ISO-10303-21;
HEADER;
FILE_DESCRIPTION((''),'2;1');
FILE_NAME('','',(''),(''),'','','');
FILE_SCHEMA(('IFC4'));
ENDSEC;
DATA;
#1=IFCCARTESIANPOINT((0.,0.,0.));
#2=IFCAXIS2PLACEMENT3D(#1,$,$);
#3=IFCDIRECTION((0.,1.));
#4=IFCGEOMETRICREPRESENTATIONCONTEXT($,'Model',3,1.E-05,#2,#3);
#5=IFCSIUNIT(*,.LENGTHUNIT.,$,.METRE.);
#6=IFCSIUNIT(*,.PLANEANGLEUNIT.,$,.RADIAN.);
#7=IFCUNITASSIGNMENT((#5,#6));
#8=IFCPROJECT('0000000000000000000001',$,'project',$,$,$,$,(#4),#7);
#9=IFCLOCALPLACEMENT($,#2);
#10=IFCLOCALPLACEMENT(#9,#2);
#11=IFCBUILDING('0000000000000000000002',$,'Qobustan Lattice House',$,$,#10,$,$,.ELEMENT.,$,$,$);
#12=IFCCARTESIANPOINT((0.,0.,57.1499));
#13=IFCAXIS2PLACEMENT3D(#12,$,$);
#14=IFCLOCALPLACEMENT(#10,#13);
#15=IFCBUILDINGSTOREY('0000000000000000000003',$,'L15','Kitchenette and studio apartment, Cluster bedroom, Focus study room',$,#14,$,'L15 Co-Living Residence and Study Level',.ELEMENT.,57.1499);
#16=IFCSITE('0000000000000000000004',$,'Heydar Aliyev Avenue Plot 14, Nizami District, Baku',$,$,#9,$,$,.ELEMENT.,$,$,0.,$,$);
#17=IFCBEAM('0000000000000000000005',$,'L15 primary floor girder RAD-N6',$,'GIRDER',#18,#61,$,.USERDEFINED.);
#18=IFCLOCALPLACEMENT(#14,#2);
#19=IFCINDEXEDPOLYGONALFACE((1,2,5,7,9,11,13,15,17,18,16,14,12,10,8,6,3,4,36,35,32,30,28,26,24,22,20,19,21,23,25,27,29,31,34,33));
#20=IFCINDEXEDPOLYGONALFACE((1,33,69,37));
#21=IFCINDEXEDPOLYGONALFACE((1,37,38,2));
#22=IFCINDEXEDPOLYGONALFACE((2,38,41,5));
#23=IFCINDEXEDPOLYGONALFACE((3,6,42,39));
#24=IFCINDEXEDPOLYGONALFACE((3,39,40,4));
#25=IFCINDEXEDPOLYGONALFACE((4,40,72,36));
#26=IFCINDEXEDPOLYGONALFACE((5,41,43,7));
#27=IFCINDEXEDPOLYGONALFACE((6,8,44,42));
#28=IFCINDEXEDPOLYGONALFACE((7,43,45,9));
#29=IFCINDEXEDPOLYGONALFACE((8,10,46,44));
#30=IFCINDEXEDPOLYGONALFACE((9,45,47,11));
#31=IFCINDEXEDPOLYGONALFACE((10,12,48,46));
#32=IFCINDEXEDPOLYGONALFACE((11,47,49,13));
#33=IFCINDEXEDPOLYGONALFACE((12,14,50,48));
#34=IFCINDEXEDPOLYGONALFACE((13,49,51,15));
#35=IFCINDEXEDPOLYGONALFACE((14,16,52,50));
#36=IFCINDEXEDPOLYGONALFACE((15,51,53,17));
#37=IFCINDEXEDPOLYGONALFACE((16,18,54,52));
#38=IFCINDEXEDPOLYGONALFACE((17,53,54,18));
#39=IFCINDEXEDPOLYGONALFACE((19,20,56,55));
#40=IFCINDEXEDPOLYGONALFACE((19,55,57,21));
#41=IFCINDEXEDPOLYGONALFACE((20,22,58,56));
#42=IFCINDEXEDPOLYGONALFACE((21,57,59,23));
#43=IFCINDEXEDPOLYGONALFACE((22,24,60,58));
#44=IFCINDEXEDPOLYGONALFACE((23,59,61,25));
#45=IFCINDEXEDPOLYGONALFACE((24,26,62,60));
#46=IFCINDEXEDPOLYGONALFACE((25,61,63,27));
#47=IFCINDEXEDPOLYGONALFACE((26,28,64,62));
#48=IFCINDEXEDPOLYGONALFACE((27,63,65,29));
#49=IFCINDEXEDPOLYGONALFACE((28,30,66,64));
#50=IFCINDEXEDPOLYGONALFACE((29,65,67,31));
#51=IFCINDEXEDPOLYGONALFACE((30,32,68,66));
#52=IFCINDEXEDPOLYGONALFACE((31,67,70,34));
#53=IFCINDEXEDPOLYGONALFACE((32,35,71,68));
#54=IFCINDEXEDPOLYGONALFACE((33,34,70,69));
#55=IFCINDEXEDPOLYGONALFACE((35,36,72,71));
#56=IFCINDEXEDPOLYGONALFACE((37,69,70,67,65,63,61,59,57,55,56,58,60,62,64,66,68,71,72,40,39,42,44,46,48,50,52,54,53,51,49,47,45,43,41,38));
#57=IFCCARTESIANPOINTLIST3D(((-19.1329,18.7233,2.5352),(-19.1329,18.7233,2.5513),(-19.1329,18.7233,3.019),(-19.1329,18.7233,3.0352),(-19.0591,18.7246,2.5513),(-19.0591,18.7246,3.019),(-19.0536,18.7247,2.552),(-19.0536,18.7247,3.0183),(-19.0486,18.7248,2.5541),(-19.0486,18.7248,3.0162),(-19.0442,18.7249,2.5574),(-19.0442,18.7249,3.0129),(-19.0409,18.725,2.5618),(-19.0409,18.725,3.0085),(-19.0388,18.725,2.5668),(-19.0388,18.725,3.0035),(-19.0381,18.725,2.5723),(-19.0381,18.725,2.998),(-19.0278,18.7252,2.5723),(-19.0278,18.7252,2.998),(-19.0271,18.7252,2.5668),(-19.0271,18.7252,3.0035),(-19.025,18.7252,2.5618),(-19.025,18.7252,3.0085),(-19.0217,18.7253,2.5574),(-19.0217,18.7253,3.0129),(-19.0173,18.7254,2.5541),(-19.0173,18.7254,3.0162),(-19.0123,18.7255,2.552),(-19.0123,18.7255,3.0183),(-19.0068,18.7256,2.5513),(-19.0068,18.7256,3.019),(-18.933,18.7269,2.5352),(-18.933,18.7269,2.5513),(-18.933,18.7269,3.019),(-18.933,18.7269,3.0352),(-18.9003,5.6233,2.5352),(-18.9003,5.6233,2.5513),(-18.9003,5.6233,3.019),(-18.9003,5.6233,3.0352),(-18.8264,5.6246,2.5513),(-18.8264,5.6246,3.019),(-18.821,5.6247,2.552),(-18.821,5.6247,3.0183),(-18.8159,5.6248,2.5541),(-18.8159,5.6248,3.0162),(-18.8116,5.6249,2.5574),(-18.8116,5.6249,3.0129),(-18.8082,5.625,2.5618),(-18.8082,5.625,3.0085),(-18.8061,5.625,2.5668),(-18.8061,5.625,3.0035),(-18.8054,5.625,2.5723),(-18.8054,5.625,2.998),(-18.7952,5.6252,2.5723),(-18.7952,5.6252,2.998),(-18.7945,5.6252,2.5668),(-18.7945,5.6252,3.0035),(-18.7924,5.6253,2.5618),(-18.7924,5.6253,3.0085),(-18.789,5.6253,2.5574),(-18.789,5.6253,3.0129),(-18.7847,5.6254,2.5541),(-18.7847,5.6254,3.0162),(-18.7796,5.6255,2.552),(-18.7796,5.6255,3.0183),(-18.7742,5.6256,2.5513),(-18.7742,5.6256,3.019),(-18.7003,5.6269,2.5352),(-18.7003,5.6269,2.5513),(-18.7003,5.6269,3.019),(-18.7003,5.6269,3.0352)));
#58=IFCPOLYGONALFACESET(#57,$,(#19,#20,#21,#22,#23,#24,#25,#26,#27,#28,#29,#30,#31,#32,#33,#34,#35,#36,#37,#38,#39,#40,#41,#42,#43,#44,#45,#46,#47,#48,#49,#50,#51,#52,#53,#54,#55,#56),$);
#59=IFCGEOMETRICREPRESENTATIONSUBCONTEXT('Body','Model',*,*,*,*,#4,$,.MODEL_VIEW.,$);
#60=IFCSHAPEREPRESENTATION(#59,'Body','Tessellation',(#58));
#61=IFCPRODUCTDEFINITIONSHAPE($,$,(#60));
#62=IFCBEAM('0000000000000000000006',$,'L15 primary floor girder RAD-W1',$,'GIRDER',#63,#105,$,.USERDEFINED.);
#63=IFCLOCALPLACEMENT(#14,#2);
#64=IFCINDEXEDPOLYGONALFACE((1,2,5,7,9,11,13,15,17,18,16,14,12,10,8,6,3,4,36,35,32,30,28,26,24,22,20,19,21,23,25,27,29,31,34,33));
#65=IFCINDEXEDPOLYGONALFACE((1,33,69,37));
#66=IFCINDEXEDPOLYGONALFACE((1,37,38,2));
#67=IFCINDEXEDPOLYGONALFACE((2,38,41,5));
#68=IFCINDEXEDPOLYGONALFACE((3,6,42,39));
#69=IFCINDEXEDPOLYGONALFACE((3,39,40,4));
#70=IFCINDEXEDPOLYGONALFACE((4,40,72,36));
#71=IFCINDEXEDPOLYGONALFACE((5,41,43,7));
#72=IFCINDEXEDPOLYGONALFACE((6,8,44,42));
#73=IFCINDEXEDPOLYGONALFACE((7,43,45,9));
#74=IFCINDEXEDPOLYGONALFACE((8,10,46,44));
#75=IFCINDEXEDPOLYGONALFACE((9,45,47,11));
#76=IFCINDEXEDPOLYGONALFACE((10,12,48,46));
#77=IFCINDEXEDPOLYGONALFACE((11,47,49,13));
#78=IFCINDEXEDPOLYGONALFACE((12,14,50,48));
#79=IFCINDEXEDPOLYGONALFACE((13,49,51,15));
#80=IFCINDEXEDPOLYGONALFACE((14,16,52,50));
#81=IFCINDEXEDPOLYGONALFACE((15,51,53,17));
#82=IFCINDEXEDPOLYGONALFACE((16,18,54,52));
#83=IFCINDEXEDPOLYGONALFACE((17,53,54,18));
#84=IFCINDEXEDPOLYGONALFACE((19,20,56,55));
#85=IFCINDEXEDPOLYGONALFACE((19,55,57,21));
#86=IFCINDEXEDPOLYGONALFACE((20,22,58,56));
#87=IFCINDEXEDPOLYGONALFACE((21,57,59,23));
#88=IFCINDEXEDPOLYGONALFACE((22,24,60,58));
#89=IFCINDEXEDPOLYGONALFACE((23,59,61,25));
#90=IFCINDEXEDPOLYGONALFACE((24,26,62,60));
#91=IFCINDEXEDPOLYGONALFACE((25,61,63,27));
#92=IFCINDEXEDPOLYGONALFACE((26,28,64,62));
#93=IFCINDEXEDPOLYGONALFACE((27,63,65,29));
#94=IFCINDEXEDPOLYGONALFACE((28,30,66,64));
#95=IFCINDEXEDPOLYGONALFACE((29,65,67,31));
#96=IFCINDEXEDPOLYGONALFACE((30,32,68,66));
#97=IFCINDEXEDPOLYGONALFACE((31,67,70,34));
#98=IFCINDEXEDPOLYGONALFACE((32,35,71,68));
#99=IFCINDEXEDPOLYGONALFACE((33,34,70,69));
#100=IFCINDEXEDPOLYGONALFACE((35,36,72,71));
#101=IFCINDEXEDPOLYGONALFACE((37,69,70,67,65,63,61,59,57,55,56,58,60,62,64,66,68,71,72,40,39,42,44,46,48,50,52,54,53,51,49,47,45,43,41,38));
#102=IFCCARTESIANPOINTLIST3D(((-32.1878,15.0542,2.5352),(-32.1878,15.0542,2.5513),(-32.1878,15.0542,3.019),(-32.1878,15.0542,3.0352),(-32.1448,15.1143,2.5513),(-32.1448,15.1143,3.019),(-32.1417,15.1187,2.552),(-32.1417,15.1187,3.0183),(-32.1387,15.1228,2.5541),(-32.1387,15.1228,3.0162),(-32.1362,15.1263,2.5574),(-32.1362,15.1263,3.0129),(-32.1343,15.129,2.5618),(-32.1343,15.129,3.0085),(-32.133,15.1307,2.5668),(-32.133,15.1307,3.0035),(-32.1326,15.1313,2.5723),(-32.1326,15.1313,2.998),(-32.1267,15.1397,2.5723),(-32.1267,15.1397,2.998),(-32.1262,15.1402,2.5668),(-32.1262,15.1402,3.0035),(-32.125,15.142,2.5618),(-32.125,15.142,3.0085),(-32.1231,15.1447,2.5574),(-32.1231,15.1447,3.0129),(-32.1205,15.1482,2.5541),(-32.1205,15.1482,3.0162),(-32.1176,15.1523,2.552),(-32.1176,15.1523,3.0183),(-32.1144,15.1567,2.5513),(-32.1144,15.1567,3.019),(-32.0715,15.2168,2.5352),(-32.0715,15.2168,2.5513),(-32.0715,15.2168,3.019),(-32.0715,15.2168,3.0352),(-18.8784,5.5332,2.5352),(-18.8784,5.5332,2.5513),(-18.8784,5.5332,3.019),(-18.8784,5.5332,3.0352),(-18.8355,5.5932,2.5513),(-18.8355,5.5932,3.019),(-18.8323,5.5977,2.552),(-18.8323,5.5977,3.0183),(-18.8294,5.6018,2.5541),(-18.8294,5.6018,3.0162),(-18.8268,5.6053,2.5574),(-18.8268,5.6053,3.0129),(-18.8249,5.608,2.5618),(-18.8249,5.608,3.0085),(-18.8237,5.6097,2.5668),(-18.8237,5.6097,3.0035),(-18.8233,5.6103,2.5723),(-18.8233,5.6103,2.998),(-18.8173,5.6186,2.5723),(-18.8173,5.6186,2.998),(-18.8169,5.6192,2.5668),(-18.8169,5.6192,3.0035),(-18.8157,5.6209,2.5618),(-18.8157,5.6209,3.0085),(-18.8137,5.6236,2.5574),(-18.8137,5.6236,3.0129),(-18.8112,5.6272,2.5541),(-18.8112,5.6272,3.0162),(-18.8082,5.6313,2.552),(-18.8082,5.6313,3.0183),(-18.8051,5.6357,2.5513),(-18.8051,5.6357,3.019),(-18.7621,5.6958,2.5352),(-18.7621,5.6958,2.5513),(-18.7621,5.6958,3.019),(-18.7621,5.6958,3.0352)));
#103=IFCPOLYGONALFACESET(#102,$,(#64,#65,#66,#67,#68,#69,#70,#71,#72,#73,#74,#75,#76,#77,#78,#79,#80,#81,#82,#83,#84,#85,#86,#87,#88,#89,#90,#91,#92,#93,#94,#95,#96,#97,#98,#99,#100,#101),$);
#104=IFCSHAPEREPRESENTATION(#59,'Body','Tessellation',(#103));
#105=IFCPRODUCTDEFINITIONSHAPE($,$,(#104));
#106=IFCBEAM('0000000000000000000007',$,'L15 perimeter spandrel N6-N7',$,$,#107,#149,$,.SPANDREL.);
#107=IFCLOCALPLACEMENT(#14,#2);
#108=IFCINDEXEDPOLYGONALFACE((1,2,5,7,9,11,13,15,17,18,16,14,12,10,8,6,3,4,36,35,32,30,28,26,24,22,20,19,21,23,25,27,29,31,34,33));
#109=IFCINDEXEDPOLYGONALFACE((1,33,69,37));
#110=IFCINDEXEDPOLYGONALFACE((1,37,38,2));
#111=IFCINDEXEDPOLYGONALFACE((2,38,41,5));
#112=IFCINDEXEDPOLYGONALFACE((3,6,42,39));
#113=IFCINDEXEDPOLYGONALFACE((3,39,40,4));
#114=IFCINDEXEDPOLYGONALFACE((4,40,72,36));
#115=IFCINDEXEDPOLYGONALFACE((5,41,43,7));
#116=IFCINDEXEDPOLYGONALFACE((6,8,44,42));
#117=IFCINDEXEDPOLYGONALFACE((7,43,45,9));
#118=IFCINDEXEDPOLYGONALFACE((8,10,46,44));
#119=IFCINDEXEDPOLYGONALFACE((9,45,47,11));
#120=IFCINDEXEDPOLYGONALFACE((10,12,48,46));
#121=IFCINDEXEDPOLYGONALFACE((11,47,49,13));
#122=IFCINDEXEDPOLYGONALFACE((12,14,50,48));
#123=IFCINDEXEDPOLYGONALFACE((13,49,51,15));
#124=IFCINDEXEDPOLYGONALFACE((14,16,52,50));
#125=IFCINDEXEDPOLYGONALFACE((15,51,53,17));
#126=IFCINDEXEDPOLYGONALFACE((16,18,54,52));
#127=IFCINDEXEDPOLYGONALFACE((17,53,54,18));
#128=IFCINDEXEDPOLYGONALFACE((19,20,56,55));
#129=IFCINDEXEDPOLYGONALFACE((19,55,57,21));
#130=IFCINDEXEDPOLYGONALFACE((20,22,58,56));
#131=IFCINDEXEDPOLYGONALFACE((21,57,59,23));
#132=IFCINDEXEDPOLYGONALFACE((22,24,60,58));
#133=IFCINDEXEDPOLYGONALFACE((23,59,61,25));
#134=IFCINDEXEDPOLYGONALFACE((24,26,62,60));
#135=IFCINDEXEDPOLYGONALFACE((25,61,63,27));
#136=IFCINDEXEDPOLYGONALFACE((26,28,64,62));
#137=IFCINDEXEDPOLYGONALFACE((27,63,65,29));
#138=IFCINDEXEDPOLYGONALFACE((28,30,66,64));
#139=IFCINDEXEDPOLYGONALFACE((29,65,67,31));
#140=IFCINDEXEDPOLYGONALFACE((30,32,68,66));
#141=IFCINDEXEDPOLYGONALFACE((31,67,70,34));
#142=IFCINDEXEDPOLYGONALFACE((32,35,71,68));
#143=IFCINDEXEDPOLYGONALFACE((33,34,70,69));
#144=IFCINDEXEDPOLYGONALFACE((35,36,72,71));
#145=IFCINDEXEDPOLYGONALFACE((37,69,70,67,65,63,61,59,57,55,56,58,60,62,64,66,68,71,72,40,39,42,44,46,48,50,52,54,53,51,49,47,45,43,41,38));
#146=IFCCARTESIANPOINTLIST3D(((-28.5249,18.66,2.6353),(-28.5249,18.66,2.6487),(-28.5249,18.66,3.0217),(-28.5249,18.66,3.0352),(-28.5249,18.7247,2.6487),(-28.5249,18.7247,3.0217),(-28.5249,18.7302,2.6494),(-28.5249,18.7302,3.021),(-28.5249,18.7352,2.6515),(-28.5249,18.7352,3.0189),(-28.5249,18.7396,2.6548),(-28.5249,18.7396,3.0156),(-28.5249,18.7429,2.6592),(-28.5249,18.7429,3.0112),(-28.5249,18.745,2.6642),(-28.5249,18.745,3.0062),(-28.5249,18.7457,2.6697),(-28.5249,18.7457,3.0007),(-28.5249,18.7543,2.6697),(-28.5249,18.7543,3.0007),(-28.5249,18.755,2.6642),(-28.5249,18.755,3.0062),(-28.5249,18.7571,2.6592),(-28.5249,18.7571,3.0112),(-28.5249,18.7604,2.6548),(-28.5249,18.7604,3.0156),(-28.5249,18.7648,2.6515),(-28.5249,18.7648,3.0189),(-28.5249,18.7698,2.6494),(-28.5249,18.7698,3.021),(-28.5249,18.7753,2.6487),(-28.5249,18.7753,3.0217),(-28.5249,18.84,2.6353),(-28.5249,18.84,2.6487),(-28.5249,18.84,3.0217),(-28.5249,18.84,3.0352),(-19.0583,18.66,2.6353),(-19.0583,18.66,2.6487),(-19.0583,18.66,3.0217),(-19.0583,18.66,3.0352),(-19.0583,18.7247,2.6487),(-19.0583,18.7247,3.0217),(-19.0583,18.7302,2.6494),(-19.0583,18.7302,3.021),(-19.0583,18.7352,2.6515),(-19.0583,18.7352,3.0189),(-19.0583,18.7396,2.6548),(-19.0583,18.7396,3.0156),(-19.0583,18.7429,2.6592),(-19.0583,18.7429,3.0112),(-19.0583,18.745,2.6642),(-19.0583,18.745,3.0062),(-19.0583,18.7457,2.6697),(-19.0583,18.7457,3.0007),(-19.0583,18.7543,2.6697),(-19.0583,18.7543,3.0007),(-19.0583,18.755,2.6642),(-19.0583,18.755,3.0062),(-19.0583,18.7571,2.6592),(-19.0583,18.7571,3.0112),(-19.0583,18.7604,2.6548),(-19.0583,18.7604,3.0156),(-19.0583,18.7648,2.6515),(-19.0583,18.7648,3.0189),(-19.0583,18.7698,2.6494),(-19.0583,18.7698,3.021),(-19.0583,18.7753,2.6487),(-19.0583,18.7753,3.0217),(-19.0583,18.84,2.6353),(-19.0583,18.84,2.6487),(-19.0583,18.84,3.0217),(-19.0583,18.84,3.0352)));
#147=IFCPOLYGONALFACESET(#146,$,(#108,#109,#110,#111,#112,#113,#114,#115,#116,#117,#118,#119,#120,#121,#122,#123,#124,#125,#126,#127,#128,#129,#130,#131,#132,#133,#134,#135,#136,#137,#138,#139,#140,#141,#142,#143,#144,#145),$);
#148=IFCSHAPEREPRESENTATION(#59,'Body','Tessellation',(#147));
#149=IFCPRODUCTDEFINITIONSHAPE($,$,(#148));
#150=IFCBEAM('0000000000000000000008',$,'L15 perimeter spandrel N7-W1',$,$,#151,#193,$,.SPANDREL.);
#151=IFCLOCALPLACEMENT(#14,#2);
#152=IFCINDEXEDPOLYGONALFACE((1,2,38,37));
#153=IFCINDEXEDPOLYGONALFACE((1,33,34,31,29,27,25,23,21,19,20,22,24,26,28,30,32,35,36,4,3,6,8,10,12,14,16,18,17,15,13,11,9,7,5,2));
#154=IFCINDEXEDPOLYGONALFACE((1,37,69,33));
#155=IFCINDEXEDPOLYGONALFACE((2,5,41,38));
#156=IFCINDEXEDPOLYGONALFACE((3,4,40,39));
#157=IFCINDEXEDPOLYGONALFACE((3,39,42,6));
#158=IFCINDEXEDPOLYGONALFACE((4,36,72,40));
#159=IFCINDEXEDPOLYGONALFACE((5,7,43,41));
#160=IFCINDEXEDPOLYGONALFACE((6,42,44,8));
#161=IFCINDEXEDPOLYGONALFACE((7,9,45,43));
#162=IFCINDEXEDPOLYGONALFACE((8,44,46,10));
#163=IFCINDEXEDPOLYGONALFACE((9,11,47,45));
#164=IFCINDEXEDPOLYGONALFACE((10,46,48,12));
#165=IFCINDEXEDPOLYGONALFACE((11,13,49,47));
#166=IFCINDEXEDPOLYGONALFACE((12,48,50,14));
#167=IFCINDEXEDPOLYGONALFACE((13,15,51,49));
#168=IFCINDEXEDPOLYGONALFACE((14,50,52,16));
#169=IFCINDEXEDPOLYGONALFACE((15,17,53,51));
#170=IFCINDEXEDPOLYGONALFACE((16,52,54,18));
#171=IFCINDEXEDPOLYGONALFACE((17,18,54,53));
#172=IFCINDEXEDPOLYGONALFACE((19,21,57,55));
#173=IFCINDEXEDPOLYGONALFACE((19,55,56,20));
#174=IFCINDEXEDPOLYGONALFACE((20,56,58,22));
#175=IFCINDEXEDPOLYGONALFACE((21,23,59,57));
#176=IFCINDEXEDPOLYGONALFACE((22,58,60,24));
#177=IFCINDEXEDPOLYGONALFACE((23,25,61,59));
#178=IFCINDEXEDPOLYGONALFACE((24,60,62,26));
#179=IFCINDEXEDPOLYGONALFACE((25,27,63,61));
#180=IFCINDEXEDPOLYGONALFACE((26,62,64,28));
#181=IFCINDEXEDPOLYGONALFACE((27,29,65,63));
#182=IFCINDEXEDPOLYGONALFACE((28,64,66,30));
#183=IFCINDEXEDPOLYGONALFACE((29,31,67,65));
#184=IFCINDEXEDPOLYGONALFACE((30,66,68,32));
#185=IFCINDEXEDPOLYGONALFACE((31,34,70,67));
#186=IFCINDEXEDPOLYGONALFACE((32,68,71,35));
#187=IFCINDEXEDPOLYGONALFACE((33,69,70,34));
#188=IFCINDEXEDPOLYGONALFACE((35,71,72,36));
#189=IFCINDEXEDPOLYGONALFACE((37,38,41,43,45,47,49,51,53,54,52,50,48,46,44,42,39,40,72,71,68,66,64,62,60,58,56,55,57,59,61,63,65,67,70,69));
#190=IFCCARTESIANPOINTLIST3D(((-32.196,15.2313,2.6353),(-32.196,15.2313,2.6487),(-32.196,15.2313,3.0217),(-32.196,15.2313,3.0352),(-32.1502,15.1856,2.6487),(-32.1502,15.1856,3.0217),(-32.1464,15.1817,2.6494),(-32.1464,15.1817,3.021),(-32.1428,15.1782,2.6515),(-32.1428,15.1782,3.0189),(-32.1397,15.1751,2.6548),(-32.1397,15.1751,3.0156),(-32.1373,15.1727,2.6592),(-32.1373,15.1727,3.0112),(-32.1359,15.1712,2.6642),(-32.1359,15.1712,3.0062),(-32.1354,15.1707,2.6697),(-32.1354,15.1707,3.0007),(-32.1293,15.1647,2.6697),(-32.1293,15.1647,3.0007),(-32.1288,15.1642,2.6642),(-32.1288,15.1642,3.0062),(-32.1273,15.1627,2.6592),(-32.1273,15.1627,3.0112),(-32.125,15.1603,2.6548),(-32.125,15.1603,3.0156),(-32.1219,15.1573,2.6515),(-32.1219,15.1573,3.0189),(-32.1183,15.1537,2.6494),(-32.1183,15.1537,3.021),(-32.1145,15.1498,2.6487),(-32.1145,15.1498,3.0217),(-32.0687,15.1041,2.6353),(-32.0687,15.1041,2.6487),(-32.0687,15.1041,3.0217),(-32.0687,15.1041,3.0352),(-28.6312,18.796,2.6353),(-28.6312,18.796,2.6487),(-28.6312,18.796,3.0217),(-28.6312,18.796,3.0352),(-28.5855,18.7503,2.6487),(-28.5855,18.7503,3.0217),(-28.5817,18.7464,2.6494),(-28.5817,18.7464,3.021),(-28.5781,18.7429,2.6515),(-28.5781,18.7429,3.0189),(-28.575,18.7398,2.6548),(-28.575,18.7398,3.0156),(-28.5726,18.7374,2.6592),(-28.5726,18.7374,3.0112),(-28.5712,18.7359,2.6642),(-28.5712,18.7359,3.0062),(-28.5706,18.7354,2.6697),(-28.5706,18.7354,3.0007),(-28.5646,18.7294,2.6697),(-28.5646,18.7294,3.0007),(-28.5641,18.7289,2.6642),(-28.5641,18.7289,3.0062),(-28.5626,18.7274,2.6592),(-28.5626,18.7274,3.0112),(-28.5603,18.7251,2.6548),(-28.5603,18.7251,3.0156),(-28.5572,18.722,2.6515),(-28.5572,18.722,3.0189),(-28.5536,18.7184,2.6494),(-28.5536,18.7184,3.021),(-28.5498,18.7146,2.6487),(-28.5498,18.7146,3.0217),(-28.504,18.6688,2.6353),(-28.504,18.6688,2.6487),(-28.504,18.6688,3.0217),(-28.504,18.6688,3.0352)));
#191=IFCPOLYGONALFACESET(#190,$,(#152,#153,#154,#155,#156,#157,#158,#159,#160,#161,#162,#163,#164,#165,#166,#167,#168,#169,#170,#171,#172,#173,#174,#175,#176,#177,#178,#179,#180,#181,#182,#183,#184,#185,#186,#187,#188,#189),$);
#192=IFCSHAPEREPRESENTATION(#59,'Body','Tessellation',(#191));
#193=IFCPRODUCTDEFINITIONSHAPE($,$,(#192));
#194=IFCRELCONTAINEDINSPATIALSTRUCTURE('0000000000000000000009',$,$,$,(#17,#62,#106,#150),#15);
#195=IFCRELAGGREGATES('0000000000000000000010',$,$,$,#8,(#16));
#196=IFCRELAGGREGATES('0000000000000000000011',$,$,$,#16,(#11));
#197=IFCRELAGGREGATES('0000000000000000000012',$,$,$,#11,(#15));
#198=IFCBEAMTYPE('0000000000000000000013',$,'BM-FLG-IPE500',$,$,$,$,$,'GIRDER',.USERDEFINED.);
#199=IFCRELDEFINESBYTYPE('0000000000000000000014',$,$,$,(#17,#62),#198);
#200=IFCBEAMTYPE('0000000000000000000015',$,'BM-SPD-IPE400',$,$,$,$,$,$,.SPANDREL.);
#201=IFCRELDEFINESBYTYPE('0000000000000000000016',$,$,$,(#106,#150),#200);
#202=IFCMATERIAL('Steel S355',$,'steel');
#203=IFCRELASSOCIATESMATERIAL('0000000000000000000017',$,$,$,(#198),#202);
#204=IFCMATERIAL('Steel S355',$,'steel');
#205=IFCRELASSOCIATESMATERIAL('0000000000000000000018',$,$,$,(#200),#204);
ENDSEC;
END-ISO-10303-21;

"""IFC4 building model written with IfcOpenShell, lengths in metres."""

from ifc_helpers import new_model, si_unit, direction, frame, origin, origin_2d, place, context, subcontext, project, spatial, i_section, extrude, material, material_profile, profile_set, type_object, element, save


model = new_model("IFC4")

# Units and contexts
model_context = context("Model", 3, precision=1e-05, world=origin(), true_north=direction((0.0, 1.0)))
body_context = subcontext(model_context, "Body", "Model", "MODEL_VIEW")
ifc_project = project(units=[si_unit("LENGTHUNIT", "METRE"), si_unit("PLANEANGLEUNIT", "RADIAN")], contexts=[model_context])

# Site, building, storey
site_placement = place(None, origin())
site = spatial("IfcSite", under=ifc_project, at=site_placement, Name="Heydar Aliyev Avenue Plot 14, Nizami District, Baku", CompositionType="ELEMENT", RefElevation=0.0)
building_placement = place(site_placement, origin())
building = spatial("IfcBuilding", under=site, at=building_placement, Name="Qobustan Lattice House", CompositionType="ELEMENT")
storey_placement = place(building_placement, frame((0.0, 0.0, 57.1499)))
storey = spatial("IfcBuildingStorey", under=building, at=storey_placement, Name="L15", Description="Kitchenette and studio apartment, Cluster bedroom, Focus study room", LongName="L15 Co-Living Residence and Study Level", CompositionType="ELEMENT", Elevation=57.1499)

# Beams
ifc_material_1 = material(Name="Steel S355", Category="steel")
ifc_material_profile_1 = material_profile(ifc_material_1, i_section(OverallWidth=0.2, OverallDepth=0.5, WebThickness=0.0103, FlangeThickness=0.0161, FilletRadius=0.021, at=origin_2d()), Name="IPE500")
ifc_profile_set_1 = profile_set([ifc_material_profile_1], Name="Steel S355")
beam_type_1 = type_object("IfcBeamType", Name="BM-FLG-IPE500", ElementType="GIRDER", PredefinedType="USERDEFINED", material=ifc_profile_set_1)
beam_1_placement = place(storey_placement, frame((-19.033, 18.7251, 2.7852), z_axis=(0.017758, -0.999842, 0.0), x_axis=(0.999842, 0.017758, 0.0)))
element("IfcBeam", 1, at=beam_1_placement, inside=storey, type_object=beam_type_1, Name="L15 primary floor girder RAD-N6", ObjectType="GIRDER", PredefinedType="USERDEFINED", context=body_context, shape_type="SweptSolid", body=[
    extrude(i_section(OverallWidth=0.2, OverallDepth=0.5, WebThickness=0.0103, FlangeThickness=0.0161, FilletRadius=0.021, at=origin_2d()), origin(), (0.0, 0.0, 1.0), 13.1021),
])
beam_2_placement = place(storey_placement, frame((-32.1296, 15.1355, 2.7852), z_axis=(0.813319, -0.581818, 0.0), x_axis=(0.581818, 0.813319, 0.0)))
element("IfcBeam", 2, at=beam_2_placement, inside=storey, type_object=beam_type_1, Name="L15 primary floor girder RAD-W1", ObjectType="GIRDER", PredefinedType="USERDEFINED", context=body_context, shape_type="SweptSolid", body=[
    extrude(i_section(OverallWidth=0.2, OverallDepth=0.5, WebThickness=0.0103, FlangeThickness=0.0161, FilletRadius=0.021, at=origin_2d()), origin(), (0.0, 0.0, 1.0), 16.3643),
])
ifc_material_2 = material(Name="Steel S355", Category="steel")
ifc_material_profile_2 = material_profile(ifc_material_2, i_section(OverallWidth=0.1799, OverallDepth=0.3999, WebThickness=0.0085, FlangeThickness=0.0134, FilletRadius=0.021, at=origin_2d()), Name="IPE400")
ifc_profile_set_2 = profile_set([ifc_material_profile_2], Name="Steel S355")
beam_type_2 = type_object("IfcBeamType", Name="BM-SPD-IPE400", PredefinedType="SPANDREL", material=ifc_profile_set_2)
beam_3_placement = place(storey_placement, frame((-19.0583, 18.75, 2.8352), z_axis=(-1.0, 0.0, 0.0), x_axis=(0.0, -1.0, 0.0)))
element("IfcBeam", 3, at=beam_3_placement, inside=storey, type_object=beam_type_2, Name="L15 perimeter spandrel N6-N7", PredefinedType="SPANDREL", context=body_context, shape_type="SweptSolid", body=[
    extrude(i_section(OverallWidth=0.1799, OverallDepth=0.3999, WebThickness=0.0085, FlangeThickness=0.0134, FilletRadius=0.021, at=origin_2d()), origin(), (0.0, 0.0, 1.0), 9.4666),
])
beam_4_placement = place(storey_placement, frame((-28.5676, 18.7324, 2.8352), z_axis=(-0.707107, -0.707107, 0.0), x_axis=(0.707107, -0.707107, 0.0)))
element("IfcBeam", 4, at=beam_4_placement, inside=storey, type_object=beam_type_2, Name="L15 perimeter spandrel N7-W1", PredefinedType="SPANDREL", context=body_context, shape_type="SweptSolid", body=[
    extrude(i_section(OverallWidth=0.1799, OverallDepth=0.3999, WebThickness=0.0085, FlangeThickness=0.0134, FilletRadius=0.021, at=origin_2d()), origin(), (0.0, 0.0, 1.0), 5.0413),
])

save(model, "model.ifc")
